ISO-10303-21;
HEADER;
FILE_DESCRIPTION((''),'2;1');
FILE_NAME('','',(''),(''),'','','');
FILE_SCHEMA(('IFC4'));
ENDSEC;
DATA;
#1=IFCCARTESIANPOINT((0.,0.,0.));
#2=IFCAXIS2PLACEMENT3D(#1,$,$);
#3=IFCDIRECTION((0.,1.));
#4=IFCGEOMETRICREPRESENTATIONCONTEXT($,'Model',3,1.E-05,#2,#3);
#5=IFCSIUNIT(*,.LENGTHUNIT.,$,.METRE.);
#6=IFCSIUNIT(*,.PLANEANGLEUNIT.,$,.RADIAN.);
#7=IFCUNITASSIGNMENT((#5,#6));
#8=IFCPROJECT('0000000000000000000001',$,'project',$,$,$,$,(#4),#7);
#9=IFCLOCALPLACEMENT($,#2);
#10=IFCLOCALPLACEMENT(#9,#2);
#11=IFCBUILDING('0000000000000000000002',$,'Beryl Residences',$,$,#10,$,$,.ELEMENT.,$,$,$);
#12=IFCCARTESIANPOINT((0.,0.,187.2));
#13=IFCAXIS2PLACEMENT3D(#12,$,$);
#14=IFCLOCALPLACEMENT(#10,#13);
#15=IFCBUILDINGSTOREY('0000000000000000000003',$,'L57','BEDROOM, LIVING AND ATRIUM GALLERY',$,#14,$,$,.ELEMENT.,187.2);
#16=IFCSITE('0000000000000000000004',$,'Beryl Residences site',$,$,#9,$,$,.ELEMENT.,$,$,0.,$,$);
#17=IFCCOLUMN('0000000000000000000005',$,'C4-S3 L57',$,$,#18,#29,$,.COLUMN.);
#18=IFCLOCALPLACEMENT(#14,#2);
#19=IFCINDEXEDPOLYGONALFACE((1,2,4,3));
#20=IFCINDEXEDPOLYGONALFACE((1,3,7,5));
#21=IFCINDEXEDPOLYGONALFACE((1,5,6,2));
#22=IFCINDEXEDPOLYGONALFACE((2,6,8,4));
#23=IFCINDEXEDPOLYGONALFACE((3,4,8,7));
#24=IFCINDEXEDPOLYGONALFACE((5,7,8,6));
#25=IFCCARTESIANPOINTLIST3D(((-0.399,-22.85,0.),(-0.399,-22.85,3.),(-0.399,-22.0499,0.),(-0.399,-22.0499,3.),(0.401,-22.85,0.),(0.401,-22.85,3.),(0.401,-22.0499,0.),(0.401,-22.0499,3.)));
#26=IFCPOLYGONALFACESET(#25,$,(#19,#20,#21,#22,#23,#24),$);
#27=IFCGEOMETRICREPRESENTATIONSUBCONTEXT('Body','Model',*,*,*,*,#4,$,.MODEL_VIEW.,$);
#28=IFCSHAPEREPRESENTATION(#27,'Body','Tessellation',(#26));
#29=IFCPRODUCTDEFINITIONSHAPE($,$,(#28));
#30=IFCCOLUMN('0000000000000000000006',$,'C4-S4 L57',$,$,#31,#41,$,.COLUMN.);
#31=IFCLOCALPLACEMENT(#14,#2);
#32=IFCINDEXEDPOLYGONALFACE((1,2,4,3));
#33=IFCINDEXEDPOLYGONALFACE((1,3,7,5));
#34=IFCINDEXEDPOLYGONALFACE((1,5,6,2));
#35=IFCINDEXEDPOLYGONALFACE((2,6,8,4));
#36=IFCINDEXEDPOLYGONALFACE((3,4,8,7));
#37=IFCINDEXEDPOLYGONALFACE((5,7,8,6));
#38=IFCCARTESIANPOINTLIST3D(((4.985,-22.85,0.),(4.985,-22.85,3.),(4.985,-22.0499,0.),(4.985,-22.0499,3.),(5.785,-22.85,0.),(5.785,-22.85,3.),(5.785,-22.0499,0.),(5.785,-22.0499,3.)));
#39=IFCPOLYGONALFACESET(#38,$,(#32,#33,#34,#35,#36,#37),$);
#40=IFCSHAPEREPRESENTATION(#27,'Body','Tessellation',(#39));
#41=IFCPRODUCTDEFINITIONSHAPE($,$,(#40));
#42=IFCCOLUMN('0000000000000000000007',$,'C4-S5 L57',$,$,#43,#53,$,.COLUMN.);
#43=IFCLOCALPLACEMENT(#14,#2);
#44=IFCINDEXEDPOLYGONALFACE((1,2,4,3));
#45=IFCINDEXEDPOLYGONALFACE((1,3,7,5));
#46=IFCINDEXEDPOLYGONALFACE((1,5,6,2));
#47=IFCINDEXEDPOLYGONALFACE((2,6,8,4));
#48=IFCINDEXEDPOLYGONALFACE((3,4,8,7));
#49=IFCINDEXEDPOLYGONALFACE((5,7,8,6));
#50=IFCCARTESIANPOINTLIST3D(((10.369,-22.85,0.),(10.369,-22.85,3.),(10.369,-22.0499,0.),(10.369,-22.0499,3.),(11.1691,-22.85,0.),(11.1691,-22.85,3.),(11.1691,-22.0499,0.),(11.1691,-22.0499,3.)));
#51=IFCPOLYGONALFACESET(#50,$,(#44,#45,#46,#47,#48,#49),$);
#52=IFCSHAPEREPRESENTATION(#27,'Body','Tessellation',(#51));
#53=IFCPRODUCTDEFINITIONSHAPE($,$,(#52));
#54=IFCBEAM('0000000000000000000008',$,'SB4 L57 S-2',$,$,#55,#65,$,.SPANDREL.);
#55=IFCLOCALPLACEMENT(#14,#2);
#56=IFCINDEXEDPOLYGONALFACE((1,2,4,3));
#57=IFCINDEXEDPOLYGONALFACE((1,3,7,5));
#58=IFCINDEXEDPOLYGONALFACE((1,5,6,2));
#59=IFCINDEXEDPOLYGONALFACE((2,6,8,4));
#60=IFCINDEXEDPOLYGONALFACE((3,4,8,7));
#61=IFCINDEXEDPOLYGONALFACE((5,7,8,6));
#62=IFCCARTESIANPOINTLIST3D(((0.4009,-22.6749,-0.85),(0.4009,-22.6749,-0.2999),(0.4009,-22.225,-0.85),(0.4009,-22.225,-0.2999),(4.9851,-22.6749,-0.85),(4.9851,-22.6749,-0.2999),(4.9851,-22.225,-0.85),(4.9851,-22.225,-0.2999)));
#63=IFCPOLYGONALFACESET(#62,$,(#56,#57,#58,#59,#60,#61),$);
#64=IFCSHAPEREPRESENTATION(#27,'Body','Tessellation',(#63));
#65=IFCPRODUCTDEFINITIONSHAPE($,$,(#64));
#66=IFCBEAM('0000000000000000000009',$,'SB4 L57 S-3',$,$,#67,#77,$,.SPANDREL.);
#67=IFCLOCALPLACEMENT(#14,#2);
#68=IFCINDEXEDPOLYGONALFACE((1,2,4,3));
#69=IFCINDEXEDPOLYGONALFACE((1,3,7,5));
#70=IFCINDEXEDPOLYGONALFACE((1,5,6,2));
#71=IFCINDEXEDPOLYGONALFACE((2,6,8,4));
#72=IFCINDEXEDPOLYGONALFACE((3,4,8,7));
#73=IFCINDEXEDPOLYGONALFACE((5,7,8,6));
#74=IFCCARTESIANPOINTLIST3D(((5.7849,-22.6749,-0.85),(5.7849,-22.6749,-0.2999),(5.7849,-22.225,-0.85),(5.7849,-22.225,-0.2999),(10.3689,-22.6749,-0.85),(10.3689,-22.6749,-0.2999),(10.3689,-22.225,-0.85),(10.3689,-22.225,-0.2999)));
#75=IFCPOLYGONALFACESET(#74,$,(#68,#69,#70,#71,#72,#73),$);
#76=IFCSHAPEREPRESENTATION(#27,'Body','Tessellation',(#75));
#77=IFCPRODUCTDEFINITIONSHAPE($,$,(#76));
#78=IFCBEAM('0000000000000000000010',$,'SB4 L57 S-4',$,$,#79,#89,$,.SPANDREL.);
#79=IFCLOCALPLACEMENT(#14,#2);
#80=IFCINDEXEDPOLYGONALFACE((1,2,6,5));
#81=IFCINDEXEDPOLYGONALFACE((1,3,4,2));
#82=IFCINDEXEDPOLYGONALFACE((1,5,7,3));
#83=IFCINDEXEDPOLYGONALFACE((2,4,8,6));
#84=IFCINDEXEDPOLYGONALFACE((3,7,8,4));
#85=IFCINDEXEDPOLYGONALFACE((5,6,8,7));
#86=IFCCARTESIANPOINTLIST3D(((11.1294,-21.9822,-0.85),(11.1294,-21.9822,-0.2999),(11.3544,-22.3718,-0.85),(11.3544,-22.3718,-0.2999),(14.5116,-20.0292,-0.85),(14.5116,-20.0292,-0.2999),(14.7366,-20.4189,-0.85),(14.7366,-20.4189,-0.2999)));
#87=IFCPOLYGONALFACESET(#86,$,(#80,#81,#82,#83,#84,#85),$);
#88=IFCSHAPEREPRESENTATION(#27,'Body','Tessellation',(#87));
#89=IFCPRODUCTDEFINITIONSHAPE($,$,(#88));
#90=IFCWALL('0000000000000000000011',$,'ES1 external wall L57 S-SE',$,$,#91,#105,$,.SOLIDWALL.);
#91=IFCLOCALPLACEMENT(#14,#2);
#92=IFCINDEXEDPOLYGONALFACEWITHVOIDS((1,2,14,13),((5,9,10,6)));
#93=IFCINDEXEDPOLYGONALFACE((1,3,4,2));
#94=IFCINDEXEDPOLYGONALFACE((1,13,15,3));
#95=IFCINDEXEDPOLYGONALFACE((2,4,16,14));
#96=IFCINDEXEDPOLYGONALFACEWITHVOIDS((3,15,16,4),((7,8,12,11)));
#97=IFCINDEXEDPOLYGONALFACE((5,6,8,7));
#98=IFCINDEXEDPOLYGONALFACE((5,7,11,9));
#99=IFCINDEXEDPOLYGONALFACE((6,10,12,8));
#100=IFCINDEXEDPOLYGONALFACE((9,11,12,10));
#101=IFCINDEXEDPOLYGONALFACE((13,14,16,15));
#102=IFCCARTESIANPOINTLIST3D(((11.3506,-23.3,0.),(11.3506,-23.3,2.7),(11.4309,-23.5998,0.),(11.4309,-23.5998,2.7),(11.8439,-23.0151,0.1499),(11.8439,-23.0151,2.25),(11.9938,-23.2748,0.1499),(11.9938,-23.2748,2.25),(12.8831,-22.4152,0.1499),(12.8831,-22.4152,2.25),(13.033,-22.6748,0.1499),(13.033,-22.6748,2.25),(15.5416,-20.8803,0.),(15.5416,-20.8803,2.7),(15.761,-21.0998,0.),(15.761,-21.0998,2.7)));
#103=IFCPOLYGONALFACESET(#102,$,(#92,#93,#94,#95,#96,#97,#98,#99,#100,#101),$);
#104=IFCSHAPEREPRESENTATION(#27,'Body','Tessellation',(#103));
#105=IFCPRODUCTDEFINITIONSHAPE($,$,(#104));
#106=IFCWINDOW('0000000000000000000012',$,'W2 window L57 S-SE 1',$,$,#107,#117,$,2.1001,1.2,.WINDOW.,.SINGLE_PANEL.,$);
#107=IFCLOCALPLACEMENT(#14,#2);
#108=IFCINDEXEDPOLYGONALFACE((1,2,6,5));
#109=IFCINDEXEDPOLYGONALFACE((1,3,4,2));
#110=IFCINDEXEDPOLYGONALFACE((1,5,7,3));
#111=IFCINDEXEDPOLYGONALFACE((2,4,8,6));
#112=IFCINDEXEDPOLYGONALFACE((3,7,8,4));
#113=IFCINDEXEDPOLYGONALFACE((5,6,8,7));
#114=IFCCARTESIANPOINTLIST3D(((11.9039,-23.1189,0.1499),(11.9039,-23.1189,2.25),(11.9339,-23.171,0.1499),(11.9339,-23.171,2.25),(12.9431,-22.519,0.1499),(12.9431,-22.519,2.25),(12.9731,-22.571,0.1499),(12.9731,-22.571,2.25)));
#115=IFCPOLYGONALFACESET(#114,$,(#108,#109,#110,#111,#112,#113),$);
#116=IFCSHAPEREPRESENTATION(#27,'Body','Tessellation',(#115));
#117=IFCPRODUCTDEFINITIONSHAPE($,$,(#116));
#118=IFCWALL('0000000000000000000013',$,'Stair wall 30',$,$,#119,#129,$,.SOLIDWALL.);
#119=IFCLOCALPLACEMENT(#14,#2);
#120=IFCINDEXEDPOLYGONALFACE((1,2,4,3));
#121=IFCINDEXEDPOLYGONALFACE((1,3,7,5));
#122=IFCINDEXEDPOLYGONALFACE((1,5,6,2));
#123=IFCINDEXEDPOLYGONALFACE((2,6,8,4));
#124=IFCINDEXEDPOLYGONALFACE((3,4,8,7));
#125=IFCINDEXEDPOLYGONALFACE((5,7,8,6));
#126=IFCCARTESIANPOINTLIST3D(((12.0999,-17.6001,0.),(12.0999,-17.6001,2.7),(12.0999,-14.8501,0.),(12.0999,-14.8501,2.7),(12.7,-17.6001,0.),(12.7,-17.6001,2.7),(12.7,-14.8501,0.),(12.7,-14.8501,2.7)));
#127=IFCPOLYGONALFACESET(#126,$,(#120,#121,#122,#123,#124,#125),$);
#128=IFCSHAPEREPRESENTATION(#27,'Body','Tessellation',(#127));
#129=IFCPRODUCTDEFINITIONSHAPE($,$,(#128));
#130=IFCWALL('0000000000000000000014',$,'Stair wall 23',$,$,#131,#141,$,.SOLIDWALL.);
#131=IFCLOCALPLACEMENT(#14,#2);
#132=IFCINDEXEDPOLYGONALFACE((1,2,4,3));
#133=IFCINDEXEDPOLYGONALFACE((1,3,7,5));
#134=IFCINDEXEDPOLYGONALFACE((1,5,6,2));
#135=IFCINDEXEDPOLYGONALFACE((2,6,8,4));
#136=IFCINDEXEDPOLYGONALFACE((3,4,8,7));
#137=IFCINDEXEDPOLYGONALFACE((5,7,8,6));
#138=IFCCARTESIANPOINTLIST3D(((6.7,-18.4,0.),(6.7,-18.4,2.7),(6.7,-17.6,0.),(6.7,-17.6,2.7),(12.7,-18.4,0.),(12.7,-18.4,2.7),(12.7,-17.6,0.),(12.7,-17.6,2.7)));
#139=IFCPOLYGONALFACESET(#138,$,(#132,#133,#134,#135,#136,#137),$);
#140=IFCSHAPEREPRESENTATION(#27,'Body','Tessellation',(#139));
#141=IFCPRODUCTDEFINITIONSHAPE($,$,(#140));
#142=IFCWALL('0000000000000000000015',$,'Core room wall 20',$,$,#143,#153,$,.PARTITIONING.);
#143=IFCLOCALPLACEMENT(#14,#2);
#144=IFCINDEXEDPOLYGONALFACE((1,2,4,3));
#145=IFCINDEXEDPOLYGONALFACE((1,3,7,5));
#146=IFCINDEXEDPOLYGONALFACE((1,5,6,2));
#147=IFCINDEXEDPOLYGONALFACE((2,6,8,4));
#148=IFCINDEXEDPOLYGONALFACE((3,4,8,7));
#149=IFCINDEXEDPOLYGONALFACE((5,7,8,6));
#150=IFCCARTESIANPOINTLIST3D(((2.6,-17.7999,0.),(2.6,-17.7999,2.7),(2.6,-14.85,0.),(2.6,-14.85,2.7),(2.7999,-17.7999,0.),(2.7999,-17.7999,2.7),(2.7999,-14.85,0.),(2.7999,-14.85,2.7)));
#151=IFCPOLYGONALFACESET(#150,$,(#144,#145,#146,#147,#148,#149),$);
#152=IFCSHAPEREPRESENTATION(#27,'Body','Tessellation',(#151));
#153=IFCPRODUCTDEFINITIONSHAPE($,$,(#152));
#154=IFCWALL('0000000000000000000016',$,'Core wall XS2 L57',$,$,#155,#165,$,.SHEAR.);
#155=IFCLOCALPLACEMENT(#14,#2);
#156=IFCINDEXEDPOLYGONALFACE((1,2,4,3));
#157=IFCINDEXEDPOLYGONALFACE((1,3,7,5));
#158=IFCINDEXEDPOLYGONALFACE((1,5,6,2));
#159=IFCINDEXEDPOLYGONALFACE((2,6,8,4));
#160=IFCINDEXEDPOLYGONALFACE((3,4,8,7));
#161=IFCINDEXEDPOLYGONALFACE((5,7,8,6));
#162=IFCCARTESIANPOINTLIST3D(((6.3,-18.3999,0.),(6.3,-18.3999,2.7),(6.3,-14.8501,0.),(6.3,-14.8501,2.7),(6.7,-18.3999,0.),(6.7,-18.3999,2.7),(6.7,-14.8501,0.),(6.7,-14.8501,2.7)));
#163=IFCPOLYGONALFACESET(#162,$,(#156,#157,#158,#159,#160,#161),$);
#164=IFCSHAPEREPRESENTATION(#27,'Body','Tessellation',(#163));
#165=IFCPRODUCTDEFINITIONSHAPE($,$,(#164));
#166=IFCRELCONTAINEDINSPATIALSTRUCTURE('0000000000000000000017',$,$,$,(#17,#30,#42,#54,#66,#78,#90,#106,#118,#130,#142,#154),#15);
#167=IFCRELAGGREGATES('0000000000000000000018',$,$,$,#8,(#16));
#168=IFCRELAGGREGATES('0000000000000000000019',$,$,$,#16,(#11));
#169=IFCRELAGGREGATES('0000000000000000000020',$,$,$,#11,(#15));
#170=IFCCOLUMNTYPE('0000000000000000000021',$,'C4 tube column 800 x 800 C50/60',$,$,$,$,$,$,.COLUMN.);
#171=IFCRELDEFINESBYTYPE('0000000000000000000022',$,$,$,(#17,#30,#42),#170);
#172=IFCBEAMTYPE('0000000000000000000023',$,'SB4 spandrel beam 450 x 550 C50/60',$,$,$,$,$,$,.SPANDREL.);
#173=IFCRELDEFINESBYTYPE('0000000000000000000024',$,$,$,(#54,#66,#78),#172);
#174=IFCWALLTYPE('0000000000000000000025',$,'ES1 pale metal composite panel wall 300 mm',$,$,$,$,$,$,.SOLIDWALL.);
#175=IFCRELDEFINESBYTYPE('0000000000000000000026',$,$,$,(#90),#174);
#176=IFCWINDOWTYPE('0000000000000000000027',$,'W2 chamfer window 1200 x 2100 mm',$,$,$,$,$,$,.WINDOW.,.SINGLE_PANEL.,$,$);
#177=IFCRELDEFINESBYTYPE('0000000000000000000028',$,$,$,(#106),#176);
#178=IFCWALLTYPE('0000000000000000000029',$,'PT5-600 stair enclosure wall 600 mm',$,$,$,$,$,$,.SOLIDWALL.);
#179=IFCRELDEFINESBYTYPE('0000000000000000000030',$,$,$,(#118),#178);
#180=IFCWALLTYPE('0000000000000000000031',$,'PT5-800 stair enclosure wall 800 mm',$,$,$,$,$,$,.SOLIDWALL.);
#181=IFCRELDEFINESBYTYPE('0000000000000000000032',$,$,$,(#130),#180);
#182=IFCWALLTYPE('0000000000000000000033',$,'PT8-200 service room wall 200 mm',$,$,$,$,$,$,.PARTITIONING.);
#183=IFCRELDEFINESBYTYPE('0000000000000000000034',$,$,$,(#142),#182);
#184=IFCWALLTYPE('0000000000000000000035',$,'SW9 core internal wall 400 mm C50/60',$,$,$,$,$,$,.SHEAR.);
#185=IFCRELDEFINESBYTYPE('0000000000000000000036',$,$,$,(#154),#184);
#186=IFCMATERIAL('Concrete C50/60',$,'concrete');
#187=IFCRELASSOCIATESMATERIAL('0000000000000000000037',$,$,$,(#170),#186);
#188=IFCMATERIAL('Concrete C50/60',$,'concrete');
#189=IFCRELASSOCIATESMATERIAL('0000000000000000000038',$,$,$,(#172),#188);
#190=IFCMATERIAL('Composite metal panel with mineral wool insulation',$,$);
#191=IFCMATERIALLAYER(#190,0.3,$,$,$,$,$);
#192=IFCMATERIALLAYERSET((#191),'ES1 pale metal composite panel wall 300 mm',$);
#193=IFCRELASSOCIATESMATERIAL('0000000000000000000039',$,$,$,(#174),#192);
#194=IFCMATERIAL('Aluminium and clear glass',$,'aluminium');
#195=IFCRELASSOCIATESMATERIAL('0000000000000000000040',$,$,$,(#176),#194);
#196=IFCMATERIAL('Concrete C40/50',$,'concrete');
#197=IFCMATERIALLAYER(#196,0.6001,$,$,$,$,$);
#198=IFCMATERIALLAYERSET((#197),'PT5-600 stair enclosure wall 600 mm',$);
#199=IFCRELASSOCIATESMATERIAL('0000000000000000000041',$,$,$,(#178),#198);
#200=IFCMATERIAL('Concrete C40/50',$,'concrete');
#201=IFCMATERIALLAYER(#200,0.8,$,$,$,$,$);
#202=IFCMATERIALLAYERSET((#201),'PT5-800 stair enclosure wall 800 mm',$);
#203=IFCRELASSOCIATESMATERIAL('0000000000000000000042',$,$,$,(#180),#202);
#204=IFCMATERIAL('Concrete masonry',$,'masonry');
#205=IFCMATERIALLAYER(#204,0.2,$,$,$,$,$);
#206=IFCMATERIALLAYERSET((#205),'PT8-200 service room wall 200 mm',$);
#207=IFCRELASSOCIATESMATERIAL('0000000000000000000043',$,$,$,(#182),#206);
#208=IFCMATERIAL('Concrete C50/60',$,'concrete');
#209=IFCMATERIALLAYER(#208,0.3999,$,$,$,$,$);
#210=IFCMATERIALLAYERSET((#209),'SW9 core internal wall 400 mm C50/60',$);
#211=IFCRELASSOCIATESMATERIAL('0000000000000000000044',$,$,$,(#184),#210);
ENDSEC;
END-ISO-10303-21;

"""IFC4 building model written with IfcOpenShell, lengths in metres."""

from ifc_helpers import new_model, si_unit, direction, frame, frame_2d, origin, origin_2d, place, context, subcontext, project, spatial, polyline, rectangle, outline, extrude, material, layer, layer_set, material_profile, profile_set, type_object, element, fill, save


model = new_model("IFC4")

# Units and contexts
model_context = context("Model", 3, precision=1e-05, world=origin(), true_north=direction((0.0, 1.0)))
body_context = subcontext(model_context, "Body", "Model", "MODEL_VIEW")
ifc_project = project(units=[si_unit("LENGTHUNIT", "METRE"), si_unit("PLANEANGLEUNIT", "RADIAN")], contexts=[model_context])

# Site, building, storey
site_placement = place(None, origin())
site = spatial("IfcSite", under=ifc_project, at=site_placement, Name="Beryl Residences site", CompositionType="ELEMENT", RefElevation=0.0)
building_placement = place(site_placement, origin())
building = spatial("IfcBuilding", under=site, at=building_placement, Name="Beryl Residences", CompositionType="ELEMENT")
storey_placement = place(building_placement, frame((0.0, 0.0, 187.2)))
storey = spatial("IfcBuildingStorey", under=building, at=storey_placement, Name="L57", Description="BEDROOM, LIVING AND ATRIUM GALLERY", CompositionType="ELEMENT", Elevation=187.2)

# Columns
ifc_material_1 = material(Name="Concrete C50/60", Category="concrete")
ifc_material_profile_1 = material_profile(ifc_material_1, rectangle(XDim=0.8, YDim=0.8, at=origin_2d()))
ifc_profile_set_1 = profile_set([ifc_material_profile_1], Name="Concrete C50/60")
column_type = type_object("IfcColumnType", Name="C4 tube column 800 x 800 C50/60", PredefinedType="COLUMN", material=ifc_profile_set_1)
for number, where, z_axis, x_axis, name in (
    (1, (0.001, -22.45, 0.0), (0.0, 0.0, 1.0), (1.0, 0.0, 0.0), "C4-S3 L57"),
    (2, (5.385, -22.45, 0.0), (0.0, 0.0, 1.0), (1.0, 0.0, 0.0), "C4-S4 L57"),
    (3, (10.769, -22.45, 0.0), (0.0, 0.0, 1.0), (1.0, 0.0, 0.0), "C4-S5 L57"),
):
    element("IfcColumn", number, at=place(storey_placement, frame(where, z_axis=z_axis, x_axis=x_axis)), inside=storey, type_object=column_type, Name=name, PredefinedType="COLUMN", context=body_context, shape_type="SweptSolid", body=[
        extrude(rectangle(XDim=0.8, YDim=0.8, at=origin_2d()), origin(), (0.0, 0.0, 1.0), 3.0),
    ])

# Beams
ifc_material_2 = material(Name="Concrete C50/60", Category="concrete")
ifc_material_profile_2 = material_profile(ifc_material_2, rectangle(XDim=0.45, YDim=0.55, at=origin_2d()))
ifc_profile_set_2 = profile_set([ifc_material_profile_2], Name="Concrete C50/60")
beam_type = type_object("IfcBeamType", Name="SB4 spandrel beam 450 x 550 C50/60", PredefinedType="SPANDREL", material=ifc_profile_set_2)
beam_1_placement = place(storey_placement, frame((0.4009, -22.45, -0.575), z_axis=(1.0, 0.0, 0.0), x_axis=(0.0, 1.0, 0.0)))
element("IfcBeam", 4, at=beam_1_placement, inside=storey, type_object=beam_type, Name="SB4 L57 S-2", PredefinedType="SPANDREL", context=body_context, shape_type="SweptSolid", body=[
    extrude(rectangle(XDim=0.45, YDim=0.55, at=origin_2d()), origin(), (0.0, 0.0, 1.0), 4.5842),
])
beam_2_placement = place(storey_placement, frame((5.7849, -22.45, -0.575), z_axis=(1.0, 0.0, 0.0), x_axis=(0.0, 1.0, 0.0)))
element("IfcBeam", 5, at=beam_2_placement, inside=storey, type_object=beam_type, Name="SB4 L57 S-3", PredefinedType="SPANDREL", context=body_context, shape_type="SweptSolid", body=[
    extrude(rectangle(XDim=0.45, YDim=0.55, at=origin_2d()), origin(), (0.0, 0.0, 1.0), 4.584),
])
beam_3_placement = place(storey_placement, frame((11.2419, -22.177, -0.575), z_axis=(0.865999, 0.500045, 0.0), x_axis=(-0.500045, 0.865999, 0.0)))
element("IfcBeam", 6, at=beam_3_placement, inside=storey, type_object=beam_type, Name="SB4 L57 S-4", PredefinedType="SPANDREL", context=body_context, shape_type="SweptSolid", body=[
    extrude(rectangle(XDim=0.45, YDim=0.55, at=origin_2d()), origin(), (0.0, 0.0, 1.0), 3.9055),
])

# Wall, opening, window
ifc_material_3 = material(Name="Composite metal panel with mineral wool insulation")
ifc_layer_1 = layer(ifc_material_3, 0.3)
ifc_layer_set_1 = layer_set([ifc_layer_1], Name="ES1 pale metal composite panel wall 300 mm")
wall_type_1 = type_object("IfcWallType", Name="ES1 pale metal composite panel wall 300 mm", PredefinedType="SOLIDWALL", material=ifc_layer_set_1)
wall_1_placement = place(storey_placement, frame((11.356, -23.47, 0.0), z_axis=(0.0, 0.0, 1.0), x_axis=(0.866023, 0.500004, 0.0)))
wall_1 = element("IfcWall", 7, at=wall_1_placement, inside=storey, type_object=wall_type_1, Name="ES1 external wall L57 S-SE", PredefinedType="SOLIDWALL", context=body_context, shape_type="SweptSolid", body=[
    extrude(outline(polyline([(0.0, -0.1499), (5.0, -0.1499), (4.9197, 0.1499), (0.0803, 0.1499), (0.0, -0.1499)])), origin(), (0.0, 0.0, 1.0), 2.7),
])
opening_placement = place(wall_1_placement, frame((0.6499, 0.0, 0.1499)))
opening = element("IfcOpeningElement", 8, at=opening_placement, cuts=wall_1, PredefinedType="OPENING", context=body_context, shape_type="SweptSolid", body=[
    extrude(rectangle(XDim=1.2, YDim=2.1001, at=frame_2d((0.6001, 1.05))), frame((0.0, 0.1599, 0.0), z_axis=(0.0, -1.0, 0.0), x_axis=(1.0, 0.0, 0.0)), (0.0, 0.0, 1.0), 0.3201),
])
ifc_material_4 = material(Name="Aluminium and clear glass", Category="aluminium")
window_type = type_object("IfcWindowType", Name="W2 chamfer window 1200 x 2100 mm", PartitioningType="SINGLE_PANEL", PredefinedType="WINDOW", material=ifc_material_4)
window_placement = place(opening_placement, origin())
window = element("IfcWindow", 9, at=window_placement, inside=storey, type_object=window_type, Name="W2 window L57 S-SE 1", OverallHeight=2.1001, OverallWidth=1.2, PartitioningType="SINGLE_PANEL", PredefinedType="WINDOW", context=body_context, shape_type="SweptSolid", body=[
    extrude(rectangle(XDim=1.2, YDim=2.1001, at=frame_2d((0.6001, 1.05))), frame((0.0, 0.03, 0.0), z_axis=(0.0, -1.0, 0.0), x_axis=(1.0, 0.0, 0.0)), (0.0, 0.0, 1.0), 0.0601),
])
fill(opening, window)

# Walls
ifc_material_5 = material(Name="Concrete C40/50", Category="concrete")
ifc_layer_2 = layer(ifc_material_5, 0.6001)
ifc_layer_set_2 = layer_set([ifc_layer_2], Name="PT5-600 stair enclosure wall 600 mm")
wall_type_2 = type_object("IfcWallType", Name="PT5-600 stair enclosure wall 600 mm", PredefinedType="SOLIDWALL", material=ifc_layer_set_2)
wall_2_placement = place(storey_placement, frame((12.3999, -17.6001, 0.0), z_axis=(0.0, 0.0, 1.0), x_axis=(0.0, 1.0, 0.0)))
element("IfcWall", 10, at=wall_2_placement, inside=storey, type_object=wall_type_2, Name="Stair wall 30", PredefinedType="SOLIDWALL", context=body_context, shape_type="SweptSolid", body=[
    extrude(rectangle(XDim=2.75, YDim=0.6001, at=frame_2d((1.375, 0.0))), origin(), (0.0, 0.0, 1.0), 2.7),
])
ifc_material_6 = material(Name="Concrete C40/50", Category="concrete")
ifc_layer_3 = layer(ifc_material_6, 0.8)
ifc_layer_set_3 = layer_set([ifc_layer_3], Name="PT5-800 stair enclosure wall 800 mm")
wall_type_3 = type_object("IfcWallType", Name="PT5-800 stair enclosure wall 800 mm", PredefinedType="SOLIDWALL", material=ifc_layer_set_3)
wall_3_placement = place(storey_placement, frame((6.7, -18.0, 0.0), z_axis=(0.0, 0.0, 1.0), x_axis=(1.0, 0.0, 0.0)))
element("IfcWall", 11, at=wall_3_placement, inside=storey, type_object=wall_type_3, Name="Stair wall 23", PredefinedType="SOLIDWALL", context=body_context, shape_type="SweptSolid", body=[
    extrude(rectangle(XDim=6.0, YDim=0.8, at=frame_2d((3.0, 0.0))), origin(), (0.0, 0.0, 1.0), 2.7),
])
ifc_material_7 = material(Name="Concrete masonry", Category="masonry")
ifc_layer_4 = layer(ifc_material_7, 0.2)
ifc_layer_set_4 = layer_set([ifc_layer_4], Name="PT8-200 service room wall 200 mm")
wall_type_4 = type_object("IfcWallType", Name="PT8-200 service room wall 200 mm", PredefinedType="PARTITIONING", material=ifc_layer_set_4)
wall_4_placement = place(storey_placement, frame((2.7, -17.8, 0.0), z_axis=(0.0, 0.0, 1.0), x_axis=(0.0, 1.0, 0.0)))
element("IfcWall", 12, at=wall_4_placement, inside=storey, type_object=wall_type_4, Name="Core room wall 20", PredefinedType="PARTITIONING", context=body_context, shape_type="SweptSolid", body=[
    extrude(rectangle(XDim=2.95, YDim=0.2, at=frame_2d((1.4751, 0.0))), origin(), (0.0, 0.0, 1.0), 2.7),
])
ifc_material_8 = material(Name="Concrete C50/60", Category="concrete")
ifc_layer_5 = layer(ifc_material_8, 0.3999)
ifc_layer_set_5 = layer_set([ifc_layer_5], Name="SW9 core internal wall 400 mm C50/60")
wall_type_5 = type_object("IfcWallType", Name="SW9 core internal wall 400 mm C50/60", PredefinedType="SHEAR", material=ifc_layer_set_5)
wall_5_placement = place(storey_placement, frame((6.5, -18.3999, 0.0), z_axis=(0.0, 0.0, 1.0), x_axis=(0.0, 1.0, 0.0)))
element("IfcWall", 13, at=wall_5_placement, inside=storey, type_object=wall_type_5, Name="Core wall XS2 L57", PredefinedType="SHEAR", context=body_context, shape_type="SweptSolid", body=[
    extrude(rectangle(XDim=3.5498, YDim=0.3999, at=frame_2d((1.7749, 0.0))), origin(), (0.0, 0.0, 1.0), 2.7),
])

save(model, "model.ifc")
